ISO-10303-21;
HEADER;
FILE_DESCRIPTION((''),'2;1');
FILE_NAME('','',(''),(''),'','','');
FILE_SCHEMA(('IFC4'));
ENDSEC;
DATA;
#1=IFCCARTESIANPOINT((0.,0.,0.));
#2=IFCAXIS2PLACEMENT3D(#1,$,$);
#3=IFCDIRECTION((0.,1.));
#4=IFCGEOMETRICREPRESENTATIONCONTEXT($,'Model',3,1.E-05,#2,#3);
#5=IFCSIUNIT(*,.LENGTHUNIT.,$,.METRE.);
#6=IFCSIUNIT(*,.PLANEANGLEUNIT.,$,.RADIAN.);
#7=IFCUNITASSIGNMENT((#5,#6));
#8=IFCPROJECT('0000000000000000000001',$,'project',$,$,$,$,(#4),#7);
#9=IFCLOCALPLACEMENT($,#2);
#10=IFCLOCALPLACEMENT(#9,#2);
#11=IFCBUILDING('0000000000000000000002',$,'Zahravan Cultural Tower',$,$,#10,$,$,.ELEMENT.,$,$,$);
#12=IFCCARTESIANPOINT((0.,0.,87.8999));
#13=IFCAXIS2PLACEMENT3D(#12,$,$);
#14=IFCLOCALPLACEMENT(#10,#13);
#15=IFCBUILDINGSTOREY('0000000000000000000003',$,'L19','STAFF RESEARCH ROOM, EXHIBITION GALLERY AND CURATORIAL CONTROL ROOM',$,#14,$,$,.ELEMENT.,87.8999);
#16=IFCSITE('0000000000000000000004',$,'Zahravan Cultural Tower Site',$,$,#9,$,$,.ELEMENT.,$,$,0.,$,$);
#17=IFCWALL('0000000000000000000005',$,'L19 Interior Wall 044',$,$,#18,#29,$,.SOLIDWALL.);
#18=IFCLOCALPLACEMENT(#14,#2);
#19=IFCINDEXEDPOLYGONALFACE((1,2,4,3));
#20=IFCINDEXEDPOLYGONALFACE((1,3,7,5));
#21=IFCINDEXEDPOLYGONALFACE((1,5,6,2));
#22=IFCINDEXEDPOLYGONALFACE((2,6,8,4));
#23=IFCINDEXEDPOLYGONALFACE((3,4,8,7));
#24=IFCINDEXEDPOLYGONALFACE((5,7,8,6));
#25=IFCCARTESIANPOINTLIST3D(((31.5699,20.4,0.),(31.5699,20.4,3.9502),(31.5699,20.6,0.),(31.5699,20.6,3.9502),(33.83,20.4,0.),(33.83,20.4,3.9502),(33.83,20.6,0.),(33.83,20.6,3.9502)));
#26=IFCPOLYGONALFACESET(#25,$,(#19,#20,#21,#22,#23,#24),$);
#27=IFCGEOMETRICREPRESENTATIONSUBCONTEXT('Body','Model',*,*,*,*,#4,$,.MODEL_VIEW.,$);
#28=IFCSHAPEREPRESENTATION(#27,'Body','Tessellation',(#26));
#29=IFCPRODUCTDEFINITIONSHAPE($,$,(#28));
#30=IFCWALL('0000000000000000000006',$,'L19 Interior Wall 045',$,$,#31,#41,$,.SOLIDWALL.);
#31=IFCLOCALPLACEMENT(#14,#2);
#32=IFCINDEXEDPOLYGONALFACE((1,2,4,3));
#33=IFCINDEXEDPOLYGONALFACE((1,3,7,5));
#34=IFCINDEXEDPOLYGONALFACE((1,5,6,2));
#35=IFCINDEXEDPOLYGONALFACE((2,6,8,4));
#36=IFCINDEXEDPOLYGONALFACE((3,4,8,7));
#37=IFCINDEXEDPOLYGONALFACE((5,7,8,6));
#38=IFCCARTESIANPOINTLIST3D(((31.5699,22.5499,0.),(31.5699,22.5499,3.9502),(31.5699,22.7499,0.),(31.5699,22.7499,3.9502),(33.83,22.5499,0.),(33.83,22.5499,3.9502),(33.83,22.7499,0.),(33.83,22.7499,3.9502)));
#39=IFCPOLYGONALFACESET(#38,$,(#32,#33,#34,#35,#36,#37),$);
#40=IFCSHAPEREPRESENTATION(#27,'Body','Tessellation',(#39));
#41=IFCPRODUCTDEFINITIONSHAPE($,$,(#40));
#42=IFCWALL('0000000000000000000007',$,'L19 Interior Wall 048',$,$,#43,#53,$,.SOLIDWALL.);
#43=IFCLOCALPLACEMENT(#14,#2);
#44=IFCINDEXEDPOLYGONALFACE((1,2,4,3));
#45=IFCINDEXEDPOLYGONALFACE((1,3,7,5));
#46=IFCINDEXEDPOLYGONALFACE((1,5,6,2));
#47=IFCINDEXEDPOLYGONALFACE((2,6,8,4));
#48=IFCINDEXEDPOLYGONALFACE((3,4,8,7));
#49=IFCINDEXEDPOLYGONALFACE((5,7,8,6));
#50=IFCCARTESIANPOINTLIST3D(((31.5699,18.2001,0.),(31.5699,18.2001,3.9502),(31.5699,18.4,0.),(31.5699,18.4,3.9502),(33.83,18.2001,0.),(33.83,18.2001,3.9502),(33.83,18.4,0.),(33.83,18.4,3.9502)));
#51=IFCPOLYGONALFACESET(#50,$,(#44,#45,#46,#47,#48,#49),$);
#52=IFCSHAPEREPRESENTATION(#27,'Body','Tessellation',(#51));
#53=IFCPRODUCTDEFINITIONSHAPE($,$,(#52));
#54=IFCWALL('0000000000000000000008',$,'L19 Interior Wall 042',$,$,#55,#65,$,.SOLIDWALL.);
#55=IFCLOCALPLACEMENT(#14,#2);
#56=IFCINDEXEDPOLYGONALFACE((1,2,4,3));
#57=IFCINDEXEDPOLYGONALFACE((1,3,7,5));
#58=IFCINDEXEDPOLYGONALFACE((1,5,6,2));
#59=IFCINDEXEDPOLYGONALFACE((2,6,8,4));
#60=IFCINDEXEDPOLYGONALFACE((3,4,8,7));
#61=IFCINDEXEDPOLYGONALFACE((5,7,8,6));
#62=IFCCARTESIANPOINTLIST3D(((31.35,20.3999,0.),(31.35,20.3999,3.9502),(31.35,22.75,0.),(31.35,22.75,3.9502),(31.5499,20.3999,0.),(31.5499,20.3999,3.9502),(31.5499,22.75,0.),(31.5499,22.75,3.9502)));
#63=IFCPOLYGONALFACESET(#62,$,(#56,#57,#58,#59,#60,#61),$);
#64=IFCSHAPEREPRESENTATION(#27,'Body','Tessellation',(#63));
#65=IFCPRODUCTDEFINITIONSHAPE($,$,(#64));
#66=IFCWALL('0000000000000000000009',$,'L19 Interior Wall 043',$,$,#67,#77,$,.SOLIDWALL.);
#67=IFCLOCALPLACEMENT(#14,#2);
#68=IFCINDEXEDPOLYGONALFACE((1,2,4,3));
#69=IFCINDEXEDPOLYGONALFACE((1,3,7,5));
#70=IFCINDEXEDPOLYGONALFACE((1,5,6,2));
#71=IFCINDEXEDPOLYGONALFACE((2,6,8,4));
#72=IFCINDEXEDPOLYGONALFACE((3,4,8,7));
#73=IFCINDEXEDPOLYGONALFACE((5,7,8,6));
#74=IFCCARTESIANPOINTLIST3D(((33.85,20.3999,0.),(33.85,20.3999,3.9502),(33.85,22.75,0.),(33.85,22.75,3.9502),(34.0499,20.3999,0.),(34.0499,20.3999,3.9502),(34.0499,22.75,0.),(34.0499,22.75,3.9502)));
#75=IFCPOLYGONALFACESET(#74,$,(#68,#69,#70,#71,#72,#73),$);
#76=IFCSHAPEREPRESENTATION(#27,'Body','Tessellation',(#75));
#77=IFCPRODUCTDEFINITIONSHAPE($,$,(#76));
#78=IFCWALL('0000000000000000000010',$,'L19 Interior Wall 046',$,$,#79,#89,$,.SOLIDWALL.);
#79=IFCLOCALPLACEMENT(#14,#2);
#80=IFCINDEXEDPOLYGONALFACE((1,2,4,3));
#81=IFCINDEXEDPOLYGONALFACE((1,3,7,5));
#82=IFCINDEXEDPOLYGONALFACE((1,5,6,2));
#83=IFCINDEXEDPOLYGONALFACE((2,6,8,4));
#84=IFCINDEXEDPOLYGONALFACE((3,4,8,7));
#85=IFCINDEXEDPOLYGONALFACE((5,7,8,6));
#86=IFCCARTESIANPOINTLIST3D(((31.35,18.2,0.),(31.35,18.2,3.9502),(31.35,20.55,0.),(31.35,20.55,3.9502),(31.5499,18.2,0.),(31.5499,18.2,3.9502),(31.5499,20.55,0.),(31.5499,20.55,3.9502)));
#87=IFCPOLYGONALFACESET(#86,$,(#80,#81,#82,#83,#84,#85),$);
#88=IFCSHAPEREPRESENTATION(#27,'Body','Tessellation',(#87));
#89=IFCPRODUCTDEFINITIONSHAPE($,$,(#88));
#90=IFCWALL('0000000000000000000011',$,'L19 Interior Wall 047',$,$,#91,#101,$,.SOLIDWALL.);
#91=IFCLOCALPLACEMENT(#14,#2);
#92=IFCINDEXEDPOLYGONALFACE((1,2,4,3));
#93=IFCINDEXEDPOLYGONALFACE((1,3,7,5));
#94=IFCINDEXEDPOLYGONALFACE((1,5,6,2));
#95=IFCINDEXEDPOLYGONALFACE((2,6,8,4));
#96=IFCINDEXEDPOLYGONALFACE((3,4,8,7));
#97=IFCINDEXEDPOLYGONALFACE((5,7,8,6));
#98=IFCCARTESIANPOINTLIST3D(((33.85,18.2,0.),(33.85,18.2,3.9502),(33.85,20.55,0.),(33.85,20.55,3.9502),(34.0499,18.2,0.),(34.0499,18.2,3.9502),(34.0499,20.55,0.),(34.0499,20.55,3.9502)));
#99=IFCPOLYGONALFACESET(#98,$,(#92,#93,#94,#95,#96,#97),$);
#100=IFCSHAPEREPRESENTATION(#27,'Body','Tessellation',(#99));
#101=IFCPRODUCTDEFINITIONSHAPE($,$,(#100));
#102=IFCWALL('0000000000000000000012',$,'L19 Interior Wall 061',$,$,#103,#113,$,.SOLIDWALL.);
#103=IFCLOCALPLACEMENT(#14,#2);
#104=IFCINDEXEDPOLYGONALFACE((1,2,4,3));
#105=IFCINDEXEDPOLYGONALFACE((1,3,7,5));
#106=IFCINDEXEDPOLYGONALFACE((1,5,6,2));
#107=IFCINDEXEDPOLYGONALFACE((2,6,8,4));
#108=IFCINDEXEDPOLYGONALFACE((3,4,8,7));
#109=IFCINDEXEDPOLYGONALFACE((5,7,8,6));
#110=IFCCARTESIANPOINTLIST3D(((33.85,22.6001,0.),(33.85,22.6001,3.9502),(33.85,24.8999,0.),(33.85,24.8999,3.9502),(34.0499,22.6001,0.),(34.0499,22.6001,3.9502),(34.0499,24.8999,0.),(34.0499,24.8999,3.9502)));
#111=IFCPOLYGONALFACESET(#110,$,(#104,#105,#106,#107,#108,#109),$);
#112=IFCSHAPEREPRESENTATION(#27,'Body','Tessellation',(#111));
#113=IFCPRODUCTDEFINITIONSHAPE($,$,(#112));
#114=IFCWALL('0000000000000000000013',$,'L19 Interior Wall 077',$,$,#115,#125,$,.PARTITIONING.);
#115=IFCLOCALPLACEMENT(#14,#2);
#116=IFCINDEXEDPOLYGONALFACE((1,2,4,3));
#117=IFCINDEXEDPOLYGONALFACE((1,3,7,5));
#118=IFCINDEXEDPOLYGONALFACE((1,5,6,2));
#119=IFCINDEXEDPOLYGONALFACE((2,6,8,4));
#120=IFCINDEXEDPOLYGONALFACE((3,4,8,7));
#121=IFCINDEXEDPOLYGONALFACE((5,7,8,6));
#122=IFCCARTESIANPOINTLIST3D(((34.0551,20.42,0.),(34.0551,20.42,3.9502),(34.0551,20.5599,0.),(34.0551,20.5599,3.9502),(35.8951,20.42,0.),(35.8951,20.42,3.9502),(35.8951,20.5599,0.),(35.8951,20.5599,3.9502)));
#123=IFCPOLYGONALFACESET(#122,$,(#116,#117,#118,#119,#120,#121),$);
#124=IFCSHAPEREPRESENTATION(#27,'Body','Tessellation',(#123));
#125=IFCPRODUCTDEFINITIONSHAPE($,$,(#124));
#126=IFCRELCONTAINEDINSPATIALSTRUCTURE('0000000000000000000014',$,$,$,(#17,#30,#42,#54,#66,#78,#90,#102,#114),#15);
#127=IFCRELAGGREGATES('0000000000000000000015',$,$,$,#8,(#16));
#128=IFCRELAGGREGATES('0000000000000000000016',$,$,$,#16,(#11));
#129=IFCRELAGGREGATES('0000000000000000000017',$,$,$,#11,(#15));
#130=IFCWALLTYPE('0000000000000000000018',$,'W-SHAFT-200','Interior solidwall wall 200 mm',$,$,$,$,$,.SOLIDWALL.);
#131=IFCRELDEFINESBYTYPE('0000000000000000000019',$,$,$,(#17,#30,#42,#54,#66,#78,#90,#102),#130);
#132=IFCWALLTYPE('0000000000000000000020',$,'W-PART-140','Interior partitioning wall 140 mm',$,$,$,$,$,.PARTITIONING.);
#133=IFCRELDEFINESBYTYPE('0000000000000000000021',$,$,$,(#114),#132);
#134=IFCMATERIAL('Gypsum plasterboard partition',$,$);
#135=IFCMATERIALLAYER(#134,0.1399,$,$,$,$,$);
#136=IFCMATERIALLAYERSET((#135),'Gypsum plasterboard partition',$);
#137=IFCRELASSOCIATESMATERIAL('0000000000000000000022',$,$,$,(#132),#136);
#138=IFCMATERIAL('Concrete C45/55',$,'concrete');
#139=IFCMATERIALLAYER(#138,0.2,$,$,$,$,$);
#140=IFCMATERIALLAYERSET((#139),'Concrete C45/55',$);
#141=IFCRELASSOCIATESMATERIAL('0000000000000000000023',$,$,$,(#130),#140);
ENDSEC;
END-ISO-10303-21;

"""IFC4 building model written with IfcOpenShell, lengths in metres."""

from ifc_helpers import new_model, si_unit, direction, frame, frame_2d, origin, place, context, subcontext, project, spatial, rectangle, extrude, source, transform, mapped, material, layer, layer_set, type_object, element, save


model = new_model("IFC4")

# Units and contexts
model_context = context("Model", 3, precision=1e-05, world=origin(), true_north=direction((0.0, 1.0)))
body_context = subcontext(model_context, "Body", "Model", "MODEL_VIEW")
ifc_project = project(units=[si_unit("LENGTHUNIT", "METRE"), si_unit("PLANEANGLEUNIT", "RADIAN")], contexts=[model_context])

# Site, building, storey
site_placement = place(None, origin())
site = spatial("IfcSite", under=ifc_project, at=site_placement, Name="Zahravan Cultural Tower Site", CompositionType="ELEMENT", RefElevation=0.0)
building_placement = place(site_placement, origin())
building = spatial("IfcBuilding", under=site, at=building_placement, Name="Zahravan Cultural Tower", CompositionType="ELEMENT")
storey_placement = place(building_placement, frame((0.0, 0.0, 87.8999)))
storey = spatial("IfcBuildingStorey", under=building, at=storey_placement, Name="L19", Description="STAFF RESEARCH ROOM, EXHIBITION GALLERY AND CURATORIAL CONTROL ROOM", CompositionType="ELEMENT", Elevation=87.8999)

# Shared definitions
ifc_material_1 = material(Name="Gypsum plasterboard partition")
ifc_layer_1 = layer(ifc_material_1, 0.1399)
ifc_layer_set_1 = layer_set([ifc_layer_1], Name="Gypsum plasterboard partition")
wall_type_1 = type_object("IfcWallType", Name="W-PART-140", Description="Interior partitioning wall 140 mm", PredefinedType="PARTITIONING", material=ifc_layer_set_1)
ifc_material_2 = material(Name="Concrete C45/55", Category="concrete")
ifc_layer_2 = layer(ifc_material_2, 0.2)
ifc_layer_set_2 = layer_set([ifc_layer_2], Name="Concrete C45/55")
wall_type_2 = type_object("IfcWallType", Name="W-SHAFT-200", Description="Interior solidwall wall 200 mm", PredefinedType="SOLIDWALL", material=ifc_layer_set_2)

# Walls
shared_shape_1 = source(origin(), body_context, "Body", "SweptSolid", [
    extrude(rectangle(XDim=2.26, YDim=0.2, at=frame_2d((1.1299, 0.0))), origin(), (0.0, 0.0, 1.0), 3.9502),
])
for number, where, z_axis, x_axis, name in (
    (1, (31.5701, 20.5, 0.0), (0.0, 0.0, 1.0), (1.0, 0.0, 0.0), "L19 Interior Wall 044"),
    (2, (31.5701, 22.6499, 0.0), (0.0, 0.0, 1.0), (1.0, 0.0, 0.0), "L19 Interior Wall 045"),
    (3, (31.5701, 18.3, 0.0), (0.0, 0.0, 1.0), (1.0, 0.0, 0.0), "L19 Interior Wall 048"),
):
    element("IfcWall", number, at=place(storey_placement, frame(where, z_axis=z_axis, x_axis=x_axis)), inside=storey, type_object=wall_type_2, Name=name, PredefinedType="SOLIDWALL", context=body_context, shape_type="MappedRepresentation", body=[
        mapped(shared_shape_1, transform((0.0, 0.0, 0.0), x_axis=(1.0, 0.0, 0.0), y_axis=(0.0, 1.0, 0.0), z_axis=(0.0, 0.0, 1.0), scale=1.0)),
    ])
shared_shape_2 = source(origin(), body_context, "Body", "SweptSolid", [
    extrude(rectangle(XDim=2.3501, YDim=0.2, at=frame_2d((1.175, 0.0))), origin(), (0.0, 0.0, 1.0), 3.9502),
])
for number, where, z_axis, x_axis, name in (
    (4, (31.45, 20.3999, 0.0), (0.0, 0.0, 1.0), (0.0, 1.0, 0.0), "L19 Interior Wall 042"),
    (5, (33.95, 20.3999, 0.0), (0.0, 0.0, 1.0), (0.0, 1.0, 0.0), "L19 Interior Wall 043"),
    (6, (31.45, 18.2, 0.0), (0.0, 0.0, 1.0), (0.0, 1.0, 0.0), "L19 Interior Wall 046"),
    (7, (33.95, 18.2, 0.0), (0.0, 0.0, 1.0), (0.0, 1.0, 0.0), "L19 Interior Wall 047"),
):
    element("IfcWall", number, at=place(storey_placement, frame(where, z_axis=z_axis, x_axis=x_axis)), inside=storey, type_object=wall_type_2, Name=name, PredefinedType="SOLIDWALL", context=body_context, shape_type="MappedRepresentation", body=[
        mapped(shared_shape_2, transform((0.0, 0.0, 0.0), x_axis=(1.0, 0.0, 0.0), y_axis=(0.0, 1.0, 0.0), z_axis=(0.0, 0.0, 1.0), scale=1.0)),
    ])
shared_shape_3 = source(origin(), body_context, "Body", "SweptSolid", [
    extrude(rectangle(XDim=2.2998, YDim=0.2, at=frame_2d((1.1499, 0.0))), origin(), (0.0, 0.0, 1.0), 3.9502),
])
wall_1_placement = place(storey_placement, frame((33.95, 22.6001, 0.0), z_axis=(0.0, 0.0, 1.0), x_axis=(0.0, 1.0, 0.0)))
element("IfcWall", 8, at=wall_1_placement, inside=storey, type_object=wall_type_2, Name="L19 Interior Wall 061", PredefinedType="SOLIDWALL", context=body_context, shape_type="MappedRepresentation", body=[
    mapped(shared_shape_3, transform((0.0, 0.0, 0.0), x_axis=(1.0, 0.0, 0.0), y_axis=(0.0, 1.0, 0.0), z_axis=(0.0, 0.0, 1.0), scale=1.0)),
])
shared_shape_4 = source(origin(), body_context, "Body", "SweptSolid", [
    extrude(rectangle(XDim=1.8401, YDim=0.1399, at=frame_2d((0.9199, 0.0))), origin(), (0.0, 0.0, 1.0), 3.9502),
])
wall_2_placement = place(storey_placement, frame((35.895, 20.49, 0.0), z_axis=(0.0, 0.0, 1.0), x_axis=(-1.0, 0.0, 0.0)))
element("IfcWall", 9, at=wall_2_placement, inside=storey, type_object=wall_type_1, Name="L19 Interior Wall 077", PredefinedType="PARTITIONING", context=body_context, shape_type="MappedRepresentation", body=[
    mapped(shared_shape_4, transform((0.0, 0.0, 0.0), x_axis=(1.0, 0.0, 0.0), y_axis=(0.0, 1.0, 0.0), z_axis=(0.0, 0.0, 1.0), scale=1.0)),
])

save(model, "model.ifc")
